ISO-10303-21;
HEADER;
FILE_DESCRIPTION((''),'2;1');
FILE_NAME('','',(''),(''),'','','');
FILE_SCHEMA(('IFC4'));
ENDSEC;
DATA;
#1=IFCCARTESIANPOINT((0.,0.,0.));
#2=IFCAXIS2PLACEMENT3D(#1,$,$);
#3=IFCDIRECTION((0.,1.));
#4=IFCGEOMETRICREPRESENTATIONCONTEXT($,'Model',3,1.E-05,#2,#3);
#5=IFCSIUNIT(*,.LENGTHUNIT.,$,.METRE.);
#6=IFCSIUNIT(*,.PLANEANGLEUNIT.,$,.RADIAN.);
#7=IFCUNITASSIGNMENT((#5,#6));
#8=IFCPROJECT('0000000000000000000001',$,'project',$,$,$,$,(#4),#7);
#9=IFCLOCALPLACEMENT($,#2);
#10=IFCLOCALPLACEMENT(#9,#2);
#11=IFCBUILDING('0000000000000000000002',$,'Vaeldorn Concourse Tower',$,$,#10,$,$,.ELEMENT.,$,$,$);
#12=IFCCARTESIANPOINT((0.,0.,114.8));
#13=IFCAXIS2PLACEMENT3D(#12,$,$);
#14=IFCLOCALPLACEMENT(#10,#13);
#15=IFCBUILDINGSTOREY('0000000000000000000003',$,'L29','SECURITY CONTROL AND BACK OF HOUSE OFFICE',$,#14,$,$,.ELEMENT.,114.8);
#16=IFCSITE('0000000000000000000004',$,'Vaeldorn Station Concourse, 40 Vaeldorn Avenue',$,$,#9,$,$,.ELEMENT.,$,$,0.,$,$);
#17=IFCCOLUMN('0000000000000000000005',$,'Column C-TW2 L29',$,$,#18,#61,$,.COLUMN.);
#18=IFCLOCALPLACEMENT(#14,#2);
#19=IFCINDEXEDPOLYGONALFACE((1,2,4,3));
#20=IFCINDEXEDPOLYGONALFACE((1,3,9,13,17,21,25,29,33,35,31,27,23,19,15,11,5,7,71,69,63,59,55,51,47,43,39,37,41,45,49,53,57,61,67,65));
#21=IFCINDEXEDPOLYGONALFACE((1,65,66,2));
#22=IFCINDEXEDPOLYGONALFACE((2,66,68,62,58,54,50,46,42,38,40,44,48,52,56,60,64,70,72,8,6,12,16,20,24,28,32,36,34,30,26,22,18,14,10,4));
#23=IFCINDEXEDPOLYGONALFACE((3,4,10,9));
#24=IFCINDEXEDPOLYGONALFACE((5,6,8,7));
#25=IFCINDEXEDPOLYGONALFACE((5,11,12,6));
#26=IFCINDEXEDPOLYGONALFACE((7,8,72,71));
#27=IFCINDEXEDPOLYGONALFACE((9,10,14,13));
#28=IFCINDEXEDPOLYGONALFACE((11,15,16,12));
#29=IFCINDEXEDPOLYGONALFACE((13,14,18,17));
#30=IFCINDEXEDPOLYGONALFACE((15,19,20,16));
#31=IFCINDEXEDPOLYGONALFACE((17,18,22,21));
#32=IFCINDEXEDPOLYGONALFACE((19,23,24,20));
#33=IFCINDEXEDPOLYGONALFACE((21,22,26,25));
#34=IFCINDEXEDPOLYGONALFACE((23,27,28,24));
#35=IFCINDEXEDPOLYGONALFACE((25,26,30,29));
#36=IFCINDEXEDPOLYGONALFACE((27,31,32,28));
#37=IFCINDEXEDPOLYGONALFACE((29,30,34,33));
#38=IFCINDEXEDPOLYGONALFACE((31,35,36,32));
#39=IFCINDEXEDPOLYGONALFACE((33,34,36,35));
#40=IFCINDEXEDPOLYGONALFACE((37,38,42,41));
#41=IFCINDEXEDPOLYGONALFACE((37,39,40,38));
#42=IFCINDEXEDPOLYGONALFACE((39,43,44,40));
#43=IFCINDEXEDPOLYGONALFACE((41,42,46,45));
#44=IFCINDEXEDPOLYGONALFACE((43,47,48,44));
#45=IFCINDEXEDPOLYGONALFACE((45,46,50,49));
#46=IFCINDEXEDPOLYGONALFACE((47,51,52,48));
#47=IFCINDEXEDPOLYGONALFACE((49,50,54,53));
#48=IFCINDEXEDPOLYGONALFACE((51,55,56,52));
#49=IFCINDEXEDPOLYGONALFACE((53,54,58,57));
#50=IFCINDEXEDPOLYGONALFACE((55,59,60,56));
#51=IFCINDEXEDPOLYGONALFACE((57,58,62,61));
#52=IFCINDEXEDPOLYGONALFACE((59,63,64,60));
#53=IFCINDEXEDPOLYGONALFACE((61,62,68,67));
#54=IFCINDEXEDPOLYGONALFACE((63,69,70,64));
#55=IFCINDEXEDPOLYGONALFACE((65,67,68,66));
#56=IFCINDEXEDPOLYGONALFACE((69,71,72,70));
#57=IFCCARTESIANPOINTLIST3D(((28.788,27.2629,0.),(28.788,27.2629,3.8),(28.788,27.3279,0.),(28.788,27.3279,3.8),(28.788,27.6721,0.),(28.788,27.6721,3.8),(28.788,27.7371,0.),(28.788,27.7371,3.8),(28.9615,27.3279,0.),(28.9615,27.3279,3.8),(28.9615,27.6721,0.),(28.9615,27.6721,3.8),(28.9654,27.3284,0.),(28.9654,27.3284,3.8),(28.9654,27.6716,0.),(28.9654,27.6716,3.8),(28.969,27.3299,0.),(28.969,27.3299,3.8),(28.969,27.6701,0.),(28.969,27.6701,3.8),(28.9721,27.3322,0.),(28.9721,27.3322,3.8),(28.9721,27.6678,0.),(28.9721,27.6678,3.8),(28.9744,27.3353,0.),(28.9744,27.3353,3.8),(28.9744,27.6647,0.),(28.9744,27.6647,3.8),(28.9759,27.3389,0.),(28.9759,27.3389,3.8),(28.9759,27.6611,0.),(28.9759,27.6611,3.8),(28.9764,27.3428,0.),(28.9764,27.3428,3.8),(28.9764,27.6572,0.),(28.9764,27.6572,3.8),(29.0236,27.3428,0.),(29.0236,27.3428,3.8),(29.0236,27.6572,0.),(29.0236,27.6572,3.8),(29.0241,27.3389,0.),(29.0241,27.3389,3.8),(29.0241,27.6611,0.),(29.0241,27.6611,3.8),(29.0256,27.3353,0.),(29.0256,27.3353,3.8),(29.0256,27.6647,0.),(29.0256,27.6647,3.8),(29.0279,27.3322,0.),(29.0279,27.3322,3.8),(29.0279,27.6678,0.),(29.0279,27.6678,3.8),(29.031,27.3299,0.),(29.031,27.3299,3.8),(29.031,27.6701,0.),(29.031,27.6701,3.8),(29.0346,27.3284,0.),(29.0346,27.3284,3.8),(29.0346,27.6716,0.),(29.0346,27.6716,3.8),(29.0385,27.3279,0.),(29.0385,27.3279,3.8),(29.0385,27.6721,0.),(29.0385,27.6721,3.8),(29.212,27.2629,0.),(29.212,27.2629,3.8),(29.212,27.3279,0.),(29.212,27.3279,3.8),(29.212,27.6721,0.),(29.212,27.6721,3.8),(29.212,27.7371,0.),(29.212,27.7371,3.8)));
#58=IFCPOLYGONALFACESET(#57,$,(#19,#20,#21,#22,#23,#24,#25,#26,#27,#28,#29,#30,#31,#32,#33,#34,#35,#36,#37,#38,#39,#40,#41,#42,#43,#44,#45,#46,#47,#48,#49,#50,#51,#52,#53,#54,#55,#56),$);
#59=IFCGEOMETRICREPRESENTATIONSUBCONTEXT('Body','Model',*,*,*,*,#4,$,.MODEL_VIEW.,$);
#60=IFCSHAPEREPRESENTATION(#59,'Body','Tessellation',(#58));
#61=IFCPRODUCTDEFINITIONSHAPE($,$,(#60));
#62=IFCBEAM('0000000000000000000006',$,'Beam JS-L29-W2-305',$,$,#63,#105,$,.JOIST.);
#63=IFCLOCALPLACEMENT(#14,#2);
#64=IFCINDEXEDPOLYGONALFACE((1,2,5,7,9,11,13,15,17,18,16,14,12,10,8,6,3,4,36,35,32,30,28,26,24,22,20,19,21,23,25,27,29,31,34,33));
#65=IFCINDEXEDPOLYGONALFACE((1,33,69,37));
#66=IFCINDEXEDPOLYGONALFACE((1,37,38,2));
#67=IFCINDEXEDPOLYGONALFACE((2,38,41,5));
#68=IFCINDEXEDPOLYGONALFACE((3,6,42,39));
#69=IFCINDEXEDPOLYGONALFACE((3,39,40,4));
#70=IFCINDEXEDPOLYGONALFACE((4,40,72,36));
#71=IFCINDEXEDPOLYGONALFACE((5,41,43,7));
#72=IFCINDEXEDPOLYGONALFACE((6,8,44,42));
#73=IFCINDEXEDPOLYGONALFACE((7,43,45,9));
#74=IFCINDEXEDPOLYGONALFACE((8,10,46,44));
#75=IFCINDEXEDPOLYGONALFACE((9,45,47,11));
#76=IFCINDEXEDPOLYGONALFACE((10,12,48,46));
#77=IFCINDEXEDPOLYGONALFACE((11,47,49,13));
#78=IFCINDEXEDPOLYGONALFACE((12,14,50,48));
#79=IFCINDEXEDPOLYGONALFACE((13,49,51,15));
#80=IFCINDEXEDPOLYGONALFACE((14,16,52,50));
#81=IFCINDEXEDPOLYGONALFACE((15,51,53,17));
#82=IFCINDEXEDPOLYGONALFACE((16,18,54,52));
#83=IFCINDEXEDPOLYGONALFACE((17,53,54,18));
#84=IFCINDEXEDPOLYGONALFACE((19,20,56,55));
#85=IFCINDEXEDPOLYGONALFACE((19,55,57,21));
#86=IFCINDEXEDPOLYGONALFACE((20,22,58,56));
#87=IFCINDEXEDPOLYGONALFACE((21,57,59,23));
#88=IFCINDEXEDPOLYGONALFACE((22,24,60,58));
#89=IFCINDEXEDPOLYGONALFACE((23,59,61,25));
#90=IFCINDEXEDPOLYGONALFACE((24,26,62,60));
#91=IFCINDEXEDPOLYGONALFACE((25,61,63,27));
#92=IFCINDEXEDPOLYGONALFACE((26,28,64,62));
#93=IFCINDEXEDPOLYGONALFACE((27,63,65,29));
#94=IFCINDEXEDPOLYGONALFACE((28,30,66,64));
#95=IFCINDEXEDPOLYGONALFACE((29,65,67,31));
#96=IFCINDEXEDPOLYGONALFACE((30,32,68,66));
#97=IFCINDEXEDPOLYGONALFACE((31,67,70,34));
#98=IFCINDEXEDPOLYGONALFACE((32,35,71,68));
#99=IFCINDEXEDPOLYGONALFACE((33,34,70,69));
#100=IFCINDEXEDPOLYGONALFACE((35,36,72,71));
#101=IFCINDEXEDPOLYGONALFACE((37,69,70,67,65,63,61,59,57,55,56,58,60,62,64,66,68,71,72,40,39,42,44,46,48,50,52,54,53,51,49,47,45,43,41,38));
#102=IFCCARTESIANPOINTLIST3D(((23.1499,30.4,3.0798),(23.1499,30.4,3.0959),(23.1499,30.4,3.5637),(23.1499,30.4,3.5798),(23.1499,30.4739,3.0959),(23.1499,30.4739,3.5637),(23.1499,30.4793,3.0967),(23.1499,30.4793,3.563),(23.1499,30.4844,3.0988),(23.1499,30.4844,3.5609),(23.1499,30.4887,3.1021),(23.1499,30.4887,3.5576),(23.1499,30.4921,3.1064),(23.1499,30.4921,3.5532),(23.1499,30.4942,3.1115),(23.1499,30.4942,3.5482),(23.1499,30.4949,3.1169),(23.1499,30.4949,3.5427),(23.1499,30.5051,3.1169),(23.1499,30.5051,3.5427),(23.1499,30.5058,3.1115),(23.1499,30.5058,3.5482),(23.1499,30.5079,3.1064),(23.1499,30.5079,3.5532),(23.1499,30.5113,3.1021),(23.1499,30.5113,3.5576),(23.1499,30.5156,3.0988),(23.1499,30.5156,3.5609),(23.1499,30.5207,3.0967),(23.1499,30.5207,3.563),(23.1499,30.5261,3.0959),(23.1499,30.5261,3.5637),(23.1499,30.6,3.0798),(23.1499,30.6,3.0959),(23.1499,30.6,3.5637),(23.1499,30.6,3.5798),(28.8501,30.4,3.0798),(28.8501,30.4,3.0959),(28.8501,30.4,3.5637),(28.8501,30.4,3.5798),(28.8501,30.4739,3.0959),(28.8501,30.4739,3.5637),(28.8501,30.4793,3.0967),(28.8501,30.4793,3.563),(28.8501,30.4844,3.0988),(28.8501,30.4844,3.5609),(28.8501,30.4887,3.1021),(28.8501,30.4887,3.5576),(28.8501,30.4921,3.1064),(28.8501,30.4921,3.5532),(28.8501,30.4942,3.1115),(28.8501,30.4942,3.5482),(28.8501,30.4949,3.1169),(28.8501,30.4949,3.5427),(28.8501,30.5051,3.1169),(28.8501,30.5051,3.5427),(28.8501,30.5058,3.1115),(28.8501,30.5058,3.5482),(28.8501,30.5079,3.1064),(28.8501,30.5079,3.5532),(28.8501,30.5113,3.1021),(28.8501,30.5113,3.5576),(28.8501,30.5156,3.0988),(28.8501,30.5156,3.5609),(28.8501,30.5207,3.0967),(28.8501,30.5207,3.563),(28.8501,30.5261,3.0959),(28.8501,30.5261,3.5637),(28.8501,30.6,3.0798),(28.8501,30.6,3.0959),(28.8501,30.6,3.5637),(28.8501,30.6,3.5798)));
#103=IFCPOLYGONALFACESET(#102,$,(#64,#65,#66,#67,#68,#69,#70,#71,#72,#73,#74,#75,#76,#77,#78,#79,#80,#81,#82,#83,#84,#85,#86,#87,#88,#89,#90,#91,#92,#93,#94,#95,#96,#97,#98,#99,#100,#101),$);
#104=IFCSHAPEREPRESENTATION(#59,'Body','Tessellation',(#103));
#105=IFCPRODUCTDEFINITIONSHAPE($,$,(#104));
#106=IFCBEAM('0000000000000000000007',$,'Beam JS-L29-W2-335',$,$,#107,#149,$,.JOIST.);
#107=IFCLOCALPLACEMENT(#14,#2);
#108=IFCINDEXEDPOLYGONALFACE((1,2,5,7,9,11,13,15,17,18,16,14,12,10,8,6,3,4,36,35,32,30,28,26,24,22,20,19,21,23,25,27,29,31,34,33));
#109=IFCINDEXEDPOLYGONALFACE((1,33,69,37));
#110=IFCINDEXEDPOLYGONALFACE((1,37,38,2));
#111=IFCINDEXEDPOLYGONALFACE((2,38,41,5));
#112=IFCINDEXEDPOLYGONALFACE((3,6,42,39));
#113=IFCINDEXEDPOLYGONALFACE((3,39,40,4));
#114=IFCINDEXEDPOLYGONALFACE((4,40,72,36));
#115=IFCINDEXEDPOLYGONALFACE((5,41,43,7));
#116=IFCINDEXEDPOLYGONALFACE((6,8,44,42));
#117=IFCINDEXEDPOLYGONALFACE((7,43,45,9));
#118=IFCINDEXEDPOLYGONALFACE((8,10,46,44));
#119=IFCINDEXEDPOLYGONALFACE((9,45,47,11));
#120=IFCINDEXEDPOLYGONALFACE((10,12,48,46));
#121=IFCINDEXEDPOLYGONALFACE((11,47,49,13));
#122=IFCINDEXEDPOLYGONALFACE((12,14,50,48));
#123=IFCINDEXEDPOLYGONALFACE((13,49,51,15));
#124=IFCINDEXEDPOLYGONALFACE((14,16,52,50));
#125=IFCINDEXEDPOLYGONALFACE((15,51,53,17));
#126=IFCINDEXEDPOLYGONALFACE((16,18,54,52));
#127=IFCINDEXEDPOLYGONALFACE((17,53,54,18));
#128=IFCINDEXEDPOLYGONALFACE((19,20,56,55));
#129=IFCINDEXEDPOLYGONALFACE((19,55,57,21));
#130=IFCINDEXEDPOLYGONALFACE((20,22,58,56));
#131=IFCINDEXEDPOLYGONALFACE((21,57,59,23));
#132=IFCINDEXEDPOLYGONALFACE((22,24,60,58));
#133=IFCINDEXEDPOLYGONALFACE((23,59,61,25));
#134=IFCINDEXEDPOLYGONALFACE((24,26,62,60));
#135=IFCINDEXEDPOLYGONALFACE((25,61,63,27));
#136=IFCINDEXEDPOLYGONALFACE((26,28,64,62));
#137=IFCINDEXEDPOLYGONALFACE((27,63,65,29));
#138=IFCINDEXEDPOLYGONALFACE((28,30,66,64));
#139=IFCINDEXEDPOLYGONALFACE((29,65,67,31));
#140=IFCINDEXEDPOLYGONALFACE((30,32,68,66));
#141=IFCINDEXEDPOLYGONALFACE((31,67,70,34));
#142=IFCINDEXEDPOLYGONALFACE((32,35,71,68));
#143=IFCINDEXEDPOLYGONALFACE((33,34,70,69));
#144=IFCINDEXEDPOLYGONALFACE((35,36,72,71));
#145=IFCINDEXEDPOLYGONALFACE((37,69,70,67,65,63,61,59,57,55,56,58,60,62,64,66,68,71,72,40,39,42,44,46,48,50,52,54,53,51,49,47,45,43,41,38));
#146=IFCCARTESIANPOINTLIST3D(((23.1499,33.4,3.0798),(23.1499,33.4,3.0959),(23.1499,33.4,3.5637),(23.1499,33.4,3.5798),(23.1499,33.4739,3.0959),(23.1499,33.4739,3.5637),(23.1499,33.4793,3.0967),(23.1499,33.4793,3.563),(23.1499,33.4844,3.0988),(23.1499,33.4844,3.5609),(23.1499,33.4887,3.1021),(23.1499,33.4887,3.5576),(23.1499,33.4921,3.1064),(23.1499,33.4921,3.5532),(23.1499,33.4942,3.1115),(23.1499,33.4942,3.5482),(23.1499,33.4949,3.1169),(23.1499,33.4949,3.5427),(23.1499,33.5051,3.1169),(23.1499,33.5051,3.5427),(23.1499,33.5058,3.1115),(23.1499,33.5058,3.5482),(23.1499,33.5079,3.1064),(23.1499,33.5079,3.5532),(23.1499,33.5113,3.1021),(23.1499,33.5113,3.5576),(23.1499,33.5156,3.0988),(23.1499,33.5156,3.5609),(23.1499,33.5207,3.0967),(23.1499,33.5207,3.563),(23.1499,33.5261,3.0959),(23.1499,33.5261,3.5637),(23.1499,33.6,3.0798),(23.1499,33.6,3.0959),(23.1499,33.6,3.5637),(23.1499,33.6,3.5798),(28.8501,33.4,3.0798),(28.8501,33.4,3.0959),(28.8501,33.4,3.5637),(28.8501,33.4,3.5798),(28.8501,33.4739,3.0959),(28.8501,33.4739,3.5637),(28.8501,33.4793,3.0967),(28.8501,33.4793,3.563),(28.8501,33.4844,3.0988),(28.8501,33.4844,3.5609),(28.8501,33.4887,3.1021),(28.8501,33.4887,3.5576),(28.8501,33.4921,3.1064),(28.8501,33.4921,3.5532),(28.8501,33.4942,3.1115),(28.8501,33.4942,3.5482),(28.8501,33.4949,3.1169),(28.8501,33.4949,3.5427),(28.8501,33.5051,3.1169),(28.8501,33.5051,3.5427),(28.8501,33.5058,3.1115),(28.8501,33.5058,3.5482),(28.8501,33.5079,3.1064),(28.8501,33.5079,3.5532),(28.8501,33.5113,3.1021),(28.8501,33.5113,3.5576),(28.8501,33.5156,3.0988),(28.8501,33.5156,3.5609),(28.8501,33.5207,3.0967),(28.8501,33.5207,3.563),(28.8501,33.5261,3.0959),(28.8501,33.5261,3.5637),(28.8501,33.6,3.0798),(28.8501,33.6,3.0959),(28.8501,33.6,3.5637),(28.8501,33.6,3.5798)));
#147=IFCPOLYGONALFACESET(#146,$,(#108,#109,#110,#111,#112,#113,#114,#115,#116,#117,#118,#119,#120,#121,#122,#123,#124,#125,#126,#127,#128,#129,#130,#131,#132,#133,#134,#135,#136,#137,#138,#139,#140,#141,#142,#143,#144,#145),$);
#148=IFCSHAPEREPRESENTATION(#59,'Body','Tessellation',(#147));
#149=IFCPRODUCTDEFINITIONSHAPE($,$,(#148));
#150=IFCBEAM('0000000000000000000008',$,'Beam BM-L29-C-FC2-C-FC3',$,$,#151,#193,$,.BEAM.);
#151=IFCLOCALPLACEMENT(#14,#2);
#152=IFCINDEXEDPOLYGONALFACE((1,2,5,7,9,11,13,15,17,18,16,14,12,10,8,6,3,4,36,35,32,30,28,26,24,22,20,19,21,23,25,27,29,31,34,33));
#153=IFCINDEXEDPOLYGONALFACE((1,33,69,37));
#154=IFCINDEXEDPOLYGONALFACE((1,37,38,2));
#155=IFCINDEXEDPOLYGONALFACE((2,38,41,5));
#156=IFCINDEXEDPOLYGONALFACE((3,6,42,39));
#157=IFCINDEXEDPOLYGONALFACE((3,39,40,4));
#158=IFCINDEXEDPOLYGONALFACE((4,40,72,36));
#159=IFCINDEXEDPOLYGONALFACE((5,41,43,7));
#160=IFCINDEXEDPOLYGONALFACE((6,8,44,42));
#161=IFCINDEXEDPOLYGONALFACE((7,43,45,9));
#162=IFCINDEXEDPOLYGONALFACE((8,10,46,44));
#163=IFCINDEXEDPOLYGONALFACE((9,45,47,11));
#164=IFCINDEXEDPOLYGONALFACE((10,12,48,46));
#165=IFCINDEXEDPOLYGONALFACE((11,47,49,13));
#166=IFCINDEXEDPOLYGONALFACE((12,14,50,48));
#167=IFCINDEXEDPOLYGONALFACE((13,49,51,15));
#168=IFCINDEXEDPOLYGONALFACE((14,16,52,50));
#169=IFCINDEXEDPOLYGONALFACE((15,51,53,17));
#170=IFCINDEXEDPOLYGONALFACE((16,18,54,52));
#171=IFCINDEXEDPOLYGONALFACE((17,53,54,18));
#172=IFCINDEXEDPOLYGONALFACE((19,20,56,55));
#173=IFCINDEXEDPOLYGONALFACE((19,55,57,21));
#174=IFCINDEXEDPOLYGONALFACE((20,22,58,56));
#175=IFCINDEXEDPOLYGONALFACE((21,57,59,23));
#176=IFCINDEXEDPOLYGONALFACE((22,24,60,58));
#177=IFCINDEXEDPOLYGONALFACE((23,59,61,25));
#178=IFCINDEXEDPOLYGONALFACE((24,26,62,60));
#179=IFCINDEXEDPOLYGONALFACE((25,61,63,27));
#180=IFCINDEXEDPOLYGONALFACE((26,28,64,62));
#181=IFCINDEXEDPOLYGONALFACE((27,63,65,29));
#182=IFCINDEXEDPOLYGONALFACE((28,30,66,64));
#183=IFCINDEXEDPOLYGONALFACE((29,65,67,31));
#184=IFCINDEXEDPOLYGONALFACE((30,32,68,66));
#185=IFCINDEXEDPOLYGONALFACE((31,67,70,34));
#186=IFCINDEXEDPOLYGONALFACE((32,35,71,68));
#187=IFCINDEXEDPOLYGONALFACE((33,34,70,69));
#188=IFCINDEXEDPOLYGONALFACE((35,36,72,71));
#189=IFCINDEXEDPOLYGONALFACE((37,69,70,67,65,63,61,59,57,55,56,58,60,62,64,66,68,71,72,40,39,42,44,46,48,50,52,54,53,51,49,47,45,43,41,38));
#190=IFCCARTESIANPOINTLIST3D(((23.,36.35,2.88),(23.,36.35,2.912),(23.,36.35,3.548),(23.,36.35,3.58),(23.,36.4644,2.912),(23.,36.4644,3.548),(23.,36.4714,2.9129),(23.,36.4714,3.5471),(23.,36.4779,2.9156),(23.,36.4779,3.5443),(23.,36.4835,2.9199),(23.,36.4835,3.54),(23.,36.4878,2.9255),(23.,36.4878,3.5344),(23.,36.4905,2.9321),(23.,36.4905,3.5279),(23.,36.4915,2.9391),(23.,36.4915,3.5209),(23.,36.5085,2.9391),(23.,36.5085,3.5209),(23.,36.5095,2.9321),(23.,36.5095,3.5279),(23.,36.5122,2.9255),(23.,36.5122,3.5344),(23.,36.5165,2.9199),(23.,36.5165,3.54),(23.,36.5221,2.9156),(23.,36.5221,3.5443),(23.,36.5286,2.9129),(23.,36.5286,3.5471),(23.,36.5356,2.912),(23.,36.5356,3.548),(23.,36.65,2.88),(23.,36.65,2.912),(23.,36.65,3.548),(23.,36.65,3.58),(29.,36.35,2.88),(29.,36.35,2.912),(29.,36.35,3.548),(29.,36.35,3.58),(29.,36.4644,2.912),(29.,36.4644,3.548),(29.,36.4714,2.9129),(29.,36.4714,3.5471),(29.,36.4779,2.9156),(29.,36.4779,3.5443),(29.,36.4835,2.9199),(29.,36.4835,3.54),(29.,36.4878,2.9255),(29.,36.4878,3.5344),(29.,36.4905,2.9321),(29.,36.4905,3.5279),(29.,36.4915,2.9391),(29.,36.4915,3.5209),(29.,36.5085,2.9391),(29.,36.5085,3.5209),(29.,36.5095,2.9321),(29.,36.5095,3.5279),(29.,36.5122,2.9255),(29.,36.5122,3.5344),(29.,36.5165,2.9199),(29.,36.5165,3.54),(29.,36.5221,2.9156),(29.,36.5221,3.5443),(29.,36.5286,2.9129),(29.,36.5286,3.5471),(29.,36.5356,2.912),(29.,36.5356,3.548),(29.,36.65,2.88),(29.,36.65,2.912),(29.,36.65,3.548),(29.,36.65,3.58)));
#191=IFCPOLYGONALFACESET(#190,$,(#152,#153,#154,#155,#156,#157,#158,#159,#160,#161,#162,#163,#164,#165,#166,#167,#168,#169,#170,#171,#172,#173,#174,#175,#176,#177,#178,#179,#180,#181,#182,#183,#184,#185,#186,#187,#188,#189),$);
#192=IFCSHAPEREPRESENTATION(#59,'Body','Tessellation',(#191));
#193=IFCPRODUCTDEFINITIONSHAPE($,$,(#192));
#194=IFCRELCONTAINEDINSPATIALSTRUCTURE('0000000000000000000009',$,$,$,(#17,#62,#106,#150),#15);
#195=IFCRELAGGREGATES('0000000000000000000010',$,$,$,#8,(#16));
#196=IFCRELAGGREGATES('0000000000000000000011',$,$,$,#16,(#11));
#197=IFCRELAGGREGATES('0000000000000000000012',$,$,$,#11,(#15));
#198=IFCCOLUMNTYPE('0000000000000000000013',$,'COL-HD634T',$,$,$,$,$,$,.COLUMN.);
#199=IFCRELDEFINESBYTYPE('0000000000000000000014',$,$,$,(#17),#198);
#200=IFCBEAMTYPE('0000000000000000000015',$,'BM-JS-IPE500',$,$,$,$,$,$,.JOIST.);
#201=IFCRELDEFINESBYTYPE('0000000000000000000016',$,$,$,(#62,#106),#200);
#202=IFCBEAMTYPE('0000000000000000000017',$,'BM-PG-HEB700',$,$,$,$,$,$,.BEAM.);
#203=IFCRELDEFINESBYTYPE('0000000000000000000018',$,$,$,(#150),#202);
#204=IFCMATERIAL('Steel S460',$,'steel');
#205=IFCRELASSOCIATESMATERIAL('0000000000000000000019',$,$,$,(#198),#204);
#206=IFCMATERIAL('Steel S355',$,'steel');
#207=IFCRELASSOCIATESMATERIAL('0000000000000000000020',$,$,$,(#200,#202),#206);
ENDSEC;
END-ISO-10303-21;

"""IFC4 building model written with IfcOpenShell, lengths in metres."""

from ifc_helpers import new_model, si_unit, direction, frame, origin, origin_2d, place, context, subcontext, project, spatial, i_section, extrude, source, transform, mapped, material, material_profile, profile_set, type_object, element, save


model = new_model("IFC4")

# Units and contexts
model_context = context("Model", 3, precision=1e-05, world=origin(), true_north=direction((0.0, 1.0)))
body_context = subcontext(model_context, "Body", "Model", "MODEL_VIEW")
ifc_project = project(units=[si_unit("LENGTHUNIT", "METRE"), si_unit("PLANEANGLEUNIT", "RADIAN")], contexts=[model_context])

# Site, building, storey
site_placement = place(None, origin())
site = spatial("IfcSite", under=ifc_project, at=site_placement, Name="Vaeldorn Station Concourse, 40 Vaeldorn Avenue", CompositionType="ELEMENT", RefElevation=0.0)
building_placement = place(site_placement, origin())
building = spatial("IfcBuilding", under=site, at=building_placement, Name="Vaeldorn Concourse Tower", CompositionType="ELEMENT")
storey_placement = place(building_placement, frame((0.0, 0.0, 114.8)))
storey = spatial("IfcBuildingStorey", under=building, at=storey_placement, Name="L29", Description="SECURITY CONTROL AND BACK OF HOUSE OFFICE", CompositionType="ELEMENT", Elevation=114.8)

# Column
ifc_material_1 = material(Name="Steel S460", Category="steel")
ifc_material_profile_1 = material_profile(ifc_material_1, i_section(OverallWidth=0.4241, OverallDepth=0.4741, WebThickness=0.0471, FlangeThickness=0.0649, FilletRadius=0.0149, at=origin_2d()), Name="HD 400x634")
ifc_profile_set_1 = profile_set([ifc_material_profile_1], Name="Steel S460")
column_type_1 = type_object("IfcColumnType", Name="COL-HD634T", PredefinedType="COLUMN", material=ifc_profile_set_1)
shared_shape_1 = source(origin(), body_context, "Body", "SweptSolid", [
    extrude(i_section(OverallWidth=0.4241, OverallDepth=0.4741, WebThickness=0.0471, FlangeThickness=0.0649, FilletRadius=0.0149, at=origin_2d()), origin(), (0.0, 0.0, 1.0), 3.8),
])
column_1_placement = place(storey_placement, frame((29.0, 27.5, 0.0), z_axis=(0.0, 0.0, 1.0), x_axis=(1.0, 0.0, 0.0)))
element("IfcColumn", 1, at=column_1_placement, inside=storey, type_object=column_type_1, Name="Column C-TW2 L29", PredefinedType="COLUMN", context=body_context, shape_type="MappedRepresentation", body=[
    mapped(shared_shape_1, transform((0.0, 0.0, 0.0), scale=1.0)),
])

# Beams
ifc_material_2 = material(Name="Steel S355", Category="steel")
ifc_material_profile_2 = material_profile(ifc_material_2, i_section(OverallWidth=0.2, OverallDepth=0.5, WebThickness=0.0103, FlangeThickness=0.0161, FilletRadius=0.021, at=origin_2d()), Name="IPE 500")
ifc_profile_set_2 = profile_set([ifc_material_profile_2], Name="Steel S355")
beam_type_1 = type_object("IfcBeamType", Name="BM-JS-IPE500", PredefinedType="JOIST", material=ifc_profile_set_2)
shared_shape_2 = source(origin(), body_context, "Body", "SweptSolid", [
    extrude(i_section(OverallWidth=0.2, OverallDepth=0.5, WebThickness=0.0103, FlangeThickness=0.0161, FilletRadius=0.021, at=origin_2d()), origin(), (0.0, 0.0, 1.0), 5.7002),
])
for number, where, z_axis, x_axis, name in (
    (2, (23.1499, 30.5, 3.3298), (1.0, 0.0, 0.0), (0.0, 1.0, 0.0), "Beam JS-L29-W2-305"),
    (3, (23.1499, 33.5, 3.3298), (1.0, 0.0, 0.0), (0.0, 1.0, 0.0), "Beam JS-L29-W2-335"),
):
    element("IfcBeam", number, at=place(storey_placement, frame(where, z_axis=z_axis, x_axis=x_axis)), inside=storey, type_object=beam_type_1, Name=name, PredefinedType="JOIST", context=body_context, shape_type="MappedRepresentation", body=[
        mapped(shared_shape_2, transform((0.0, 0.0, 0.0), scale=1.0)),
    ])
ifc_material_profile_3 = material_profile(ifc_material_2, i_section(OverallWidth=0.3, OverallDepth=0.7, WebThickness=0.0171, FlangeThickness=0.032, FilletRadius=0.0271, at=origin_2d()), Name="HEB 700")
ifc_profile_set_3 = profile_set([ifc_material_profile_3], Name="Steel S355")
beam_type_2 = type_object("IfcBeamType", Name="BM-PG-HEB700", PredefinedType="BEAM", material=ifc_profile_set_3)
shared_shape_3 = source(origin(), body_context, "Body", "SweptSolid", [
    extrude(i_section(OverallWidth=0.3, OverallDepth=0.7, WebThickness=0.0171, FlangeThickness=0.032, FilletRadius=0.0271, at=origin_2d()), origin(), (0.0, 0.0, 1.0), 6.0),
])
for number, where, z_axis, x_axis, name in (
    (4, (23.0, 36.5, 3.23), (1.0, 0.0, 0.0), (0.0, 1.0, 0.0), "Beam BM-L29-C-FC2-C-FC3"),
):
    element("IfcBeam", number, at=place(storey_placement, frame(where, z_axis=z_axis, x_axis=x_axis)), inside=storey, type_object=beam_type_2, Name=name, PredefinedType="BEAM", context=body_context, shape_type="MappedRepresentation", body=[
        mapped(shared_shape_3, transform((0.0, 0.0, 0.0), scale=1.0)),
    ])

save(model, "model.ifc")
